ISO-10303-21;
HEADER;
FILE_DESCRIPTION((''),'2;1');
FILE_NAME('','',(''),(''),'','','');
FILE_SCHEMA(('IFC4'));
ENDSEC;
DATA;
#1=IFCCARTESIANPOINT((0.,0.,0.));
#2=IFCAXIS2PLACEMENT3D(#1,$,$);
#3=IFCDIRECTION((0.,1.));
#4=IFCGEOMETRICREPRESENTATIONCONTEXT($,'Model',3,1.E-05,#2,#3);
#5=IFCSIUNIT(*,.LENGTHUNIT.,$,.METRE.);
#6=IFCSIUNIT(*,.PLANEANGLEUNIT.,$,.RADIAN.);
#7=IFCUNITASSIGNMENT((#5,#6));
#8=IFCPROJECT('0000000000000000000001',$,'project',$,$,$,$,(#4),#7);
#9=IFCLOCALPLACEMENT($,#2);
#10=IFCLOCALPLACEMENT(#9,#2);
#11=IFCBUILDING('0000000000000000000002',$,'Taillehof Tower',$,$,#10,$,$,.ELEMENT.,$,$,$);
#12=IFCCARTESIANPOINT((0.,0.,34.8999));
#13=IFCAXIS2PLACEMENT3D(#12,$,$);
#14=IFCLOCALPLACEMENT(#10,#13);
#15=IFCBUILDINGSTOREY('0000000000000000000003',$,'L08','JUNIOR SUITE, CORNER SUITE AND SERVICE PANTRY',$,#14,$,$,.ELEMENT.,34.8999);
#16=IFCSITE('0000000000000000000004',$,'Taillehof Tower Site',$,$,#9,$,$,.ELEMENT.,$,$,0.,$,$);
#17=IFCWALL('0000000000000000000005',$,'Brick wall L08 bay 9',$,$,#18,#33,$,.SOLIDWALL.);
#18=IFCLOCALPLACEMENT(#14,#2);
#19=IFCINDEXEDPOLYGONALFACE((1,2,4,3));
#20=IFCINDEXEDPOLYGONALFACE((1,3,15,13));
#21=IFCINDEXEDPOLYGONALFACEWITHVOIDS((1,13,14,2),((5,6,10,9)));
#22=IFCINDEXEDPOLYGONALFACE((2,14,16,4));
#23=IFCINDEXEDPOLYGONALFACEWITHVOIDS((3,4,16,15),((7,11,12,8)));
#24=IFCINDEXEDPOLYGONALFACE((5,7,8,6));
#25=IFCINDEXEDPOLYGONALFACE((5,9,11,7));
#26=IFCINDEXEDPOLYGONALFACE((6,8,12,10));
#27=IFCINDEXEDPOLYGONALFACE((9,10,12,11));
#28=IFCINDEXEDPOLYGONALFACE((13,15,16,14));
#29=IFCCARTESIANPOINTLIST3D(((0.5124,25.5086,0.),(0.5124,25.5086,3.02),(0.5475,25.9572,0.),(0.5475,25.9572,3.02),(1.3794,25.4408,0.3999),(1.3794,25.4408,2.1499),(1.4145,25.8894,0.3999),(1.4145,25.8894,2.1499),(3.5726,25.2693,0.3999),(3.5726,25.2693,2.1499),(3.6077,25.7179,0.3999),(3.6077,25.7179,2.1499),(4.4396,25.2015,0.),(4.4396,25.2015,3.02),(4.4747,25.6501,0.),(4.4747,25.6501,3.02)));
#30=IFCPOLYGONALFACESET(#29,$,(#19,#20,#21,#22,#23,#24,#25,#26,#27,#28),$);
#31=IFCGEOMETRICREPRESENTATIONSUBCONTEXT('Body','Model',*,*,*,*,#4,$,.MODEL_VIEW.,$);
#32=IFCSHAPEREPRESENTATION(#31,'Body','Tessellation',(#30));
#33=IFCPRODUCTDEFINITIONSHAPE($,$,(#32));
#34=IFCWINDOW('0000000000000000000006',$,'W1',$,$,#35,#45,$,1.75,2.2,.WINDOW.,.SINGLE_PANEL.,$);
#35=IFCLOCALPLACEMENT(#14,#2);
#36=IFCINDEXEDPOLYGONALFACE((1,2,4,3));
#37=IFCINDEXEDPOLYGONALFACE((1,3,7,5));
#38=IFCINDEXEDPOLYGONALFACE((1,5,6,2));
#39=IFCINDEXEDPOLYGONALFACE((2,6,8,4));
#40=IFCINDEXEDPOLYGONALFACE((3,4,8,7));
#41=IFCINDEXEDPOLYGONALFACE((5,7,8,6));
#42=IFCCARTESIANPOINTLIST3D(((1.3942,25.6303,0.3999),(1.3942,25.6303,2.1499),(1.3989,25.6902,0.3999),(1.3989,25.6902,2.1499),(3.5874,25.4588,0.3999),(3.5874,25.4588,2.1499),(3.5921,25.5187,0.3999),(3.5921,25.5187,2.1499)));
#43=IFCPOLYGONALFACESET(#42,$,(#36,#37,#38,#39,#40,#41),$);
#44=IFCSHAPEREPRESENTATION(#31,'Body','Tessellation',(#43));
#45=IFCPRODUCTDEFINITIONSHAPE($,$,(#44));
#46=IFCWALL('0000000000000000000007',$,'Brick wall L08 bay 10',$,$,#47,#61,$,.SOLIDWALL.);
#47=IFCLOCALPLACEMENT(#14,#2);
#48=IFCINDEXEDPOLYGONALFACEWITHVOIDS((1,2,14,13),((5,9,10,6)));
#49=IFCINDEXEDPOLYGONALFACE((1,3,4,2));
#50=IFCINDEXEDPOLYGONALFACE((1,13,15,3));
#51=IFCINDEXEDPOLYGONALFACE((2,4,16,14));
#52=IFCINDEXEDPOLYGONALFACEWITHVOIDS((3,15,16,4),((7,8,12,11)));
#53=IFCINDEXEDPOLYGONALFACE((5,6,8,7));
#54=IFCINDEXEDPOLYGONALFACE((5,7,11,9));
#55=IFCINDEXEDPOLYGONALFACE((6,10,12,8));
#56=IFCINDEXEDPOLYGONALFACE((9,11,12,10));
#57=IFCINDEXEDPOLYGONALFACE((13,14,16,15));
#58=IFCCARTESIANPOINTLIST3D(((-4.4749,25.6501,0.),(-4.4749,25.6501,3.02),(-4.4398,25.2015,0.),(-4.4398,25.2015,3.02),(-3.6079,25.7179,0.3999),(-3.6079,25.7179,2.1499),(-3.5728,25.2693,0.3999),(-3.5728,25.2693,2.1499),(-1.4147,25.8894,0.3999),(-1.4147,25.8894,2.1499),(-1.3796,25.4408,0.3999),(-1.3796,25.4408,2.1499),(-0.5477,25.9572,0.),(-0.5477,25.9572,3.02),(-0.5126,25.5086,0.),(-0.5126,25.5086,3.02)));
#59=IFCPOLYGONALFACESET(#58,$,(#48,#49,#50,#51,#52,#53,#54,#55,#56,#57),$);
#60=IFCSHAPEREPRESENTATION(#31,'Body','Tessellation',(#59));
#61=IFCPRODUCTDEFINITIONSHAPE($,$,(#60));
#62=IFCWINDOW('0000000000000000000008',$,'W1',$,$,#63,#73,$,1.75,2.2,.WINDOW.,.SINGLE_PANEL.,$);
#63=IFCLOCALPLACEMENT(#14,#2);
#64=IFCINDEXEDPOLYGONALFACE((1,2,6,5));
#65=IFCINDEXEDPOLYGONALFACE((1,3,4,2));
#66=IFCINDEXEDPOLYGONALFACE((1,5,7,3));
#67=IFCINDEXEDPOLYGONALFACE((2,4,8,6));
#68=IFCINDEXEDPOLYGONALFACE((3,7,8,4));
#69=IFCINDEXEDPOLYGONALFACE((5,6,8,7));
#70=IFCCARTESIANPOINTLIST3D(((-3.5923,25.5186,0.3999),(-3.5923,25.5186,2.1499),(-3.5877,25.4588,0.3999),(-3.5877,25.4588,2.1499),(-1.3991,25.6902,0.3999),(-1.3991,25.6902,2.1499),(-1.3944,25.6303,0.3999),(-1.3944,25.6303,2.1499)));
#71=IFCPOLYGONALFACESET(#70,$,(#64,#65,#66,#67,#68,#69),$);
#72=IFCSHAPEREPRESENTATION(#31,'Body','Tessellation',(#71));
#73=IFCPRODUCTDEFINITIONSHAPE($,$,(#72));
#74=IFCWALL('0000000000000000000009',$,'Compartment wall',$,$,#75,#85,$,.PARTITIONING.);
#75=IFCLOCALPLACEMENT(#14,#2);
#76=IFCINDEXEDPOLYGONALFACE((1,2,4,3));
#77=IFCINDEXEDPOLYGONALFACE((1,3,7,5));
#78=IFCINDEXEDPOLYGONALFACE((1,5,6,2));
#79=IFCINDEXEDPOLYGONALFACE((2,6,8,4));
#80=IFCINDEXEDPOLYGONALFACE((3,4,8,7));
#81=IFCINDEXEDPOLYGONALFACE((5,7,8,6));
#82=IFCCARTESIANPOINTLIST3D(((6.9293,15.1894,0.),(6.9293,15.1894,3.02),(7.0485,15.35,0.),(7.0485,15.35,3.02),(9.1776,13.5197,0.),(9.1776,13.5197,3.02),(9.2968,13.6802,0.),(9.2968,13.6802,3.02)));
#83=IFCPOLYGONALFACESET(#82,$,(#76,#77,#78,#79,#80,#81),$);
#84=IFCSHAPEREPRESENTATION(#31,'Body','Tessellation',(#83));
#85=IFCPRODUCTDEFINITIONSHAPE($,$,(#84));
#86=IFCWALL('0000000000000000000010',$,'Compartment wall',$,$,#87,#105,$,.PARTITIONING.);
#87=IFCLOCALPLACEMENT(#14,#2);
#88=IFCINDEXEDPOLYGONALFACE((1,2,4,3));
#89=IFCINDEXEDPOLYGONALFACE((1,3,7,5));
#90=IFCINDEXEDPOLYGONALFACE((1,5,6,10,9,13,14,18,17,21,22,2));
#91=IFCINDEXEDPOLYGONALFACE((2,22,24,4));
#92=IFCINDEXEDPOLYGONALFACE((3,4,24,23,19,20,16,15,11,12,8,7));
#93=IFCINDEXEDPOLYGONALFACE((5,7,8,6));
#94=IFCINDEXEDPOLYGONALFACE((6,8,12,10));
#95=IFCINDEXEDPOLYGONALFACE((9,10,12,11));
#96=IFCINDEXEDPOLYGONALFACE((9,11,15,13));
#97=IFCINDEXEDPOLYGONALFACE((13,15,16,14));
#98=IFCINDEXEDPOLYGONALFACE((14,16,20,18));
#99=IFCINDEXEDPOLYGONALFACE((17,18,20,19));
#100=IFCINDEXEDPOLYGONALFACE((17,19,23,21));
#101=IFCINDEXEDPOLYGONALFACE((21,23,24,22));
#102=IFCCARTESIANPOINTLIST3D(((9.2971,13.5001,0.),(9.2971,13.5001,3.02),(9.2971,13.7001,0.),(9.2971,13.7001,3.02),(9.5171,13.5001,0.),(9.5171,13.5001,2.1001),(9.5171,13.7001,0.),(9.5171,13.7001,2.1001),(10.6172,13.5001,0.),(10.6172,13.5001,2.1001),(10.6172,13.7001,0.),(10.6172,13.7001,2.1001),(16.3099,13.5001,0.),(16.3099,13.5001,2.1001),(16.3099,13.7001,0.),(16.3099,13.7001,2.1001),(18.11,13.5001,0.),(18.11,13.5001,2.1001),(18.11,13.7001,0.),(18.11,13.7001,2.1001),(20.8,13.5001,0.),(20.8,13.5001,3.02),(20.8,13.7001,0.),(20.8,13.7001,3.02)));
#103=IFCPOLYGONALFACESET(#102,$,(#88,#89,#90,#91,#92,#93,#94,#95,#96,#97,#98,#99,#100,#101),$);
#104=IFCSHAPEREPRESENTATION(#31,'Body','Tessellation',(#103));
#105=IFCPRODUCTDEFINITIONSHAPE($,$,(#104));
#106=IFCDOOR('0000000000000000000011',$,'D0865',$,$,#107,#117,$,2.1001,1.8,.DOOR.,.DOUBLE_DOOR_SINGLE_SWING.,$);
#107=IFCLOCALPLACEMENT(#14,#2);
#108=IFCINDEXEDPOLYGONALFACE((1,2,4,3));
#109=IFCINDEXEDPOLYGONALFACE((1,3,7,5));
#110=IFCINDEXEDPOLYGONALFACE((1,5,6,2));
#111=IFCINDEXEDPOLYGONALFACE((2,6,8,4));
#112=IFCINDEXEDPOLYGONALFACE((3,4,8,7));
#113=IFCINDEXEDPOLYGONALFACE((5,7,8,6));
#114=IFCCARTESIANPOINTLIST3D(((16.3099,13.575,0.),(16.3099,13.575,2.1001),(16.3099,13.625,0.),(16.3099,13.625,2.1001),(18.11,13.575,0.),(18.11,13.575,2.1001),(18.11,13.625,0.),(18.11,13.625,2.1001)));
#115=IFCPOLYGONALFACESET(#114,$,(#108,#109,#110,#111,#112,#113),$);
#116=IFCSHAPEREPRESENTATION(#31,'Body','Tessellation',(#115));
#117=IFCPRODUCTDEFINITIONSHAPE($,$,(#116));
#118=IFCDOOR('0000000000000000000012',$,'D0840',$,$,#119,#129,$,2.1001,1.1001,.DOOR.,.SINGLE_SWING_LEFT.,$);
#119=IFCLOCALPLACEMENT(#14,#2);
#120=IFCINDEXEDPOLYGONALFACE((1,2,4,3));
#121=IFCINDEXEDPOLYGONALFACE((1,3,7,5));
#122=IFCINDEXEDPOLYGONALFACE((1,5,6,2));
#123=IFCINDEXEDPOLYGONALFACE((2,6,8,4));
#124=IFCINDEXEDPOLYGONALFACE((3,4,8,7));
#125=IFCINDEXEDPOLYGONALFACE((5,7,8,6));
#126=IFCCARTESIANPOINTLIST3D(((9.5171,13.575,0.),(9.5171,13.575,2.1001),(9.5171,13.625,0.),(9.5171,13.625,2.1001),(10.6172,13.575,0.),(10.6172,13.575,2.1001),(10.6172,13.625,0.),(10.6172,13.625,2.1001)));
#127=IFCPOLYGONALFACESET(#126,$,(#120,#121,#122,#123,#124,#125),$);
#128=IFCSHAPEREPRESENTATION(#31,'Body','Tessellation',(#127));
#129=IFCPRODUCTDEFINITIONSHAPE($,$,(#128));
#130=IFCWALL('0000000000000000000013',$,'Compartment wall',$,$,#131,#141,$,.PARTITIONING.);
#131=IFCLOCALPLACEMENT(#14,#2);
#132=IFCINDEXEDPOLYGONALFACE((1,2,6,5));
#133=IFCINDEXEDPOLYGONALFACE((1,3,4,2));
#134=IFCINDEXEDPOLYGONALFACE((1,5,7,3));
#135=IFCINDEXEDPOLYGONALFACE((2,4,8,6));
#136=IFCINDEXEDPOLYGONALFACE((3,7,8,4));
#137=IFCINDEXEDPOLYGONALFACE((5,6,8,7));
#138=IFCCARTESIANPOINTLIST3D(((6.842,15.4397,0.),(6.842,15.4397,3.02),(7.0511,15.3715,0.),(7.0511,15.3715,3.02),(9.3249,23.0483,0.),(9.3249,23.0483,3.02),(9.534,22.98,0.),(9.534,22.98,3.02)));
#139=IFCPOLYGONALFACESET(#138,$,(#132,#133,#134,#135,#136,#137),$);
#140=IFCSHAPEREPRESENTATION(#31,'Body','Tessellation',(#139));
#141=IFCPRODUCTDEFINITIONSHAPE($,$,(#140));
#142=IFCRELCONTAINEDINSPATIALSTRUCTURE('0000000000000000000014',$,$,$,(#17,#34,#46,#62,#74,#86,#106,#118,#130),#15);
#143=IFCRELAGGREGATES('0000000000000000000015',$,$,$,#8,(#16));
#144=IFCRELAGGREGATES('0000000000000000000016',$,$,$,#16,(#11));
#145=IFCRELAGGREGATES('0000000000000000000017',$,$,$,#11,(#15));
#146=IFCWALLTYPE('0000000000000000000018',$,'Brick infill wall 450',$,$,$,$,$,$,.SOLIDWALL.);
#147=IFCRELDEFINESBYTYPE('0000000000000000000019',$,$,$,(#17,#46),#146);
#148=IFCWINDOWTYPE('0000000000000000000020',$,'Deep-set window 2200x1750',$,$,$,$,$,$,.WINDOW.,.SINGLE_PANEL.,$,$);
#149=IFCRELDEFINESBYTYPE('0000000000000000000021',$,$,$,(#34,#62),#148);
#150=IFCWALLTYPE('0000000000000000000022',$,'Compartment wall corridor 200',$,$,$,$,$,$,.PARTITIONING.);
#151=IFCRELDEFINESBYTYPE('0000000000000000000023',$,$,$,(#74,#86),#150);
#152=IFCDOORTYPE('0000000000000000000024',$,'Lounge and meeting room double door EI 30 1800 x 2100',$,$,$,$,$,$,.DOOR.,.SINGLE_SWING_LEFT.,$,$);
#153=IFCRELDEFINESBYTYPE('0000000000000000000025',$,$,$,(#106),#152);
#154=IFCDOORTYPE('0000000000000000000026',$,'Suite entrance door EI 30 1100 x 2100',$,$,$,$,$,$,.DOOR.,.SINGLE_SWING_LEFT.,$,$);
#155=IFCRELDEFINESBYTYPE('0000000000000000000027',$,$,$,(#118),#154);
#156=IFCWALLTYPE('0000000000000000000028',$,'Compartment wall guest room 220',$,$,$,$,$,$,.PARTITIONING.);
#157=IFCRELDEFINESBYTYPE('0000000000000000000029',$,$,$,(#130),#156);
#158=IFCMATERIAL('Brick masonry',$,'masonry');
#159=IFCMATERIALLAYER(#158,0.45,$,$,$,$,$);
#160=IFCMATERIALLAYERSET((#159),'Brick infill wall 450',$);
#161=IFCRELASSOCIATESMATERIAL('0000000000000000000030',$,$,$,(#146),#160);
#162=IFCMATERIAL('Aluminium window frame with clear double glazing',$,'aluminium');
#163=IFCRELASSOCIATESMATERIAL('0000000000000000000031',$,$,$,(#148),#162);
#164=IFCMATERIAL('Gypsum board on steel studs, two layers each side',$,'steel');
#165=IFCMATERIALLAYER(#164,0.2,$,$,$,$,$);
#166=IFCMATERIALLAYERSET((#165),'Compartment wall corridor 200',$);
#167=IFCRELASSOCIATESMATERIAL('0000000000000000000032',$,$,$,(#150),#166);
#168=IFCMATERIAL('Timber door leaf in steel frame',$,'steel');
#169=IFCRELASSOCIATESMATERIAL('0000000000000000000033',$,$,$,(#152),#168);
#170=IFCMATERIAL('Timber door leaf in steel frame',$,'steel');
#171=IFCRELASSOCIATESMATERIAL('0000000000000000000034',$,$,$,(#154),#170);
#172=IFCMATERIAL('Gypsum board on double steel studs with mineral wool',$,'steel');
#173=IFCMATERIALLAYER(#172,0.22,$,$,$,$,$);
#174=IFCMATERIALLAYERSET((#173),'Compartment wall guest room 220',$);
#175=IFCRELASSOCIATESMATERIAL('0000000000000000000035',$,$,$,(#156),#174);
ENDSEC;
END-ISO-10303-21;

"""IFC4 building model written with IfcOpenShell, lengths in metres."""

from ifc_helpers import new_model, si_unit, direction, frame, frame_2d, origin, place, context, subcontext, project, spatial, rectangle, extrude, material, layer, layer_set, type_object, element, fill, save


model = new_model("IFC4")

# Units and contexts
model_context = context("Model", 3, precision=1e-05, world=origin(), true_north=direction((0.0, 1.0)))
body_context = subcontext(model_context, "Body", "Model", "MODEL_VIEW")
ifc_project = project(units=[si_unit("LENGTHUNIT", "METRE"), si_unit("PLANEANGLEUNIT", "RADIAN")], contexts=[model_context])

# Site, building, storey
site_placement = place(None, origin())
site = spatial("IfcSite", under=ifc_project, at=site_placement, Name="Taillehof Tower Site", CompositionType="ELEMENT", RefElevation=0.0)
building_placement = place(site_placement, origin())
building = spatial("IfcBuilding", under=site, at=building_placement, Name="Taillehof Tower", CompositionType="ELEMENT")
storey_placement = place(building_placement, frame((0.0, 0.0, 34.8999)))
storey = spatial("IfcBuildingStorey", under=building, at=storey_placement, Name="L08", Description="JUNIOR SUITE, CORNER SUITE AND SERVICE PANTRY", CompositionType="ELEMENT", Elevation=34.8999)

# Walls, openings, windows
ifc_material_1 = material(Name="Brick masonry", Category="masonry")
ifc_layer_1 = layer(ifc_material_1, 0.45)
ifc_layer_set_1 = layer_set([ifc_layer_1], Name="Brick infill wall 450")
wall_type_1 = type_object("IfcWallType", Name="Brick infill wall 450", PredefinedType="SOLIDWALL", material=ifc_layer_set_1)
ifc_material_2 = material(Name="Aluminium window frame with clear double glazing", Category="aluminium")
window_type = type_object("IfcWindowType", Name="Deep-set window 2200x1750", PartitioningType="SINGLE_PANEL", PredefinedType="WINDOW", material=ifc_material_2)
wall_1_placement = place(storey_placement, frame((4.4573, 25.4258, 0.0), z_axis=(0.0, 0.0, 1.0), x_axis=(-0.996956, 0.077967, 0.0)))
wall_1 = element("IfcWall", 1, at=wall_1_placement, inside=storey, type_object=wall_type_1, Name="Brick wall L08 bay 9", PredefinedType="SOLIDWALL", context=body_context, shape_type="SweptSolid", body=[
    extrude(rectangle(XDim=3.9392, YDim=0.45, at=frame_2d((1.9697, 0.0))), origin(), (0.0, 0.0, 1.0), 3.02),
])
opening_1_placement = place(wall_1_placement, frame((0.8696, 0.0, 0.3999)))
opening_1 = element("IfcOpeningElement", 2, at=opening_1_placement, cuts=wall_1, PredefinedType="OPENING", context=body_context, shape_type="SweptSolid", body=[
    extrude(rectangle(XDim=2.2, YDim=1.75, at=frame_2d((1.1001, 0.875))), frame((0.0, 0.2349, 0.0), z_axis=(0.0, -1.0, 0.0), x_axis=(1.0, 0.0, 0.0)), (0.0, 0.0, 1.0), 0.47),
])
window_1_placement = place(opening_1_placement, origin())
window_1 = element("IfcWindow", 3, at=window_1_placement, inside=storey, type_object=window_type, Name="W1", OverallHeight=1.75, OverallWidth=2.2, PartitioningType="SINGLE_PANEL", PredefinedType="WINDOW", context=body_context, shape_type="SweptSolid", body=[
    extrude(rectangle(XDim=2.2, YDim=1.75, at=frame_2d((1.1001, 0.875))), frame((0.0, 0.0349, 0.0), z_axis=(0.0, -1.0, 0.0), x_axis=(1.0, 0.0, 0.0)), (0.0, 0.0, 1.0), 0.0601),
])
fill(opening_1, window_1)
wall_2_placement = place(storey_placement, frame((-0.53, 25.7329, 0.0), z_axis=(0.0, 0.0, 1.0), x_axis=(-0.996956, -0.077967, 0.0)))
wall_2 = element("IfcWall", 4, at=wall_2_placement, inside=storey, type_object=wall_type_1, Name="Brick wall L08 bay 10", PredefinedType="SOLIDWALL", context=body_context, shape_type="SweptSolid", body=[
    extrude(rectangle(XDim=3.9392, YDim=0.45, at=frame_2d((1.9697, 0.0))), origin(), (0.0, 0.0, 1.0), 3.02),
])
opening_2_placement = place(wall_2_placement, frame((0.8696, 0.0, 0.3999)))
opening_2 = element("IfcOpeningElement", 5, at=opening_2_placement, cuts=wall_2, PredefinedType="OPENING", context=body_context, shape_type="SweptSolid", body=[
    extrude(rectangle(XDim=2.2, YDim=1.75, at=frame_2d((1.1001, 0.875))), frame((0.0, 0.2349, 0.0), z_axis=(0.0, -1.0, 0.0), x_axis=(1.0, 0.0, 0.0)), (0.0, 0.0, 1.0), 0.47),
])
window_2_placement = place(opening_2_placement, origin())
window_2 = element("IfcWindow", 6, at=window_2_placement, inside=storey, type_object=window_type, Name="W1", OverallHeight=1.75, OverallWidth=2.2, PartitioningType="SINGLE_PANEL", PredefinedType="WINDOW", context=body_context, shape_type="SweptSolid", body=[
    extrude(rectangle(XDim=2.2, YDim=1.75, at=frame_2d((1.1001, 0.875))), frame((0.0, 0.0349, 0.0), z_axis=(0.0, -1.0, 0.0), x_axis=(1.0, 0.0, 0.0)), (0.0, 0.0, 1.0), 0.0601),
])
fill(opening_2, window_2)

# Wall
ifc_material_3 = material(Name="Gypsum board on steel studs, two layers each side", Category="steel")
ifc_layer_2 = layer(ifc_material_3, 0.2)
ifc_layer_set_2 = layer_set([ifc_layer_2], Name="Compartment wall corridor 200")
wall_type_2 = type_object("IfcWallType", Name="Compartment wall corridor 200", PredefinedType="PARTITIONING", material=ifc_layer_set_2)
wall_3_placement = place(storey_placement, frame((6.9888, 15.2698, 0.0), z_axis=(0.0, 0.0, 1.0), x_axis=(0.802826, -0.596213, 0.0)))
element("IfcWall", 7, at=wall_3_placement, inside=storey, type_object=wall_type_2, Name="Compartment wall", PredefinedType="PARTITIONING", context=body_context, shape_type="SweptSolid", body=[
    extrude(rectangle(XDim=2.8005, YDim=0.2, at=frame_2d((1.4004, 0.0))), origin(), (0.0, 0.0, 1.0), 3.02),
])

# Wall, openings, doors
wall_4_placement = place(storey_placement, frame((9.2971, 13.6001, 0.0), z_axis=(0.0, 0.0, 1.0), x_axis=(1.0, 0.0, 0.0)))
wall_4 = element("IfcWall", 8, at=wall_4_placement, inside=storey, type_object=wall_type_2, Name="Compartment wall", PredefinedType="PARTITIONING", context=body_context, shape_type="SweptSolid", body=[
    extrude(rectangle(XDim=11.5029, YDim=0.2, at=frame_2d((5.7515, 0.0))), origin(), (0.0, 0.0, 1.0), 3.02),
])
opening_3_placement = place(wall_4_placement, frame((0.22, 0.0, 0.0)))
opening_3 = element("IfcOpeningElement", 9, at=opening_3_placement, cuts=wall_4, PredefinedType="OPENING", context=body_context, shape_type="SweptSolid", body=[
    extrude(rectangle(XDim=1.1001, YDim=2.1001, at=frame_2d((0.55, 1.05))), frame((0.0, 0.1099, 0.0), z_axis=(0.0, -1.0, 0.0), x_axis=(1.0, 0.0, 0.0)), (0.0, 0.0, 1.0), 0.22),
])
opening_4_placement = place(wall_4_placement, frame((7.0129, 0.0, 0.0)))
opening_4 = element("IfcOpeningElement", 10, at=opening_4_placement, cuts=wall_4, PredefinedType="OPENING", context=body_context, shape_type="SweptSolid", body=[
    extrude(rectangle(XDim=1.8, YDim=2.1001, at=frame_2d((0.8999, 1.05))), frame((0.0, 0.1099, 0.0), z_axis=(0.0, -1.0, 0.0), x_axis=(1.0, 0.0, 0.0)), (0.0, 0.0, 1.0), 0.22),
])
ifc_material_4 = material(Name="Timber door leaf in steel frame", Category="steel")
door_type_1 = type_object("IfcDoorType", Name="Lounge and meeting room double door EI 30 1800 x 2100", OperationType="SINGLE_SWING_LEFT", PredefinedType="DOOR", material=ifc_material_4)
door_1_placement = place(opening_4_placement, origin())
door_1 = element("IfcDoor", 11, at=door_1_placement, inside=storey, type_object=door_type_1, Name="D0865", OperationType="DOUBLE_DOOR_SINGLE_SWING", OverallHeight=2.1001, OverallWidth=1.8, PredefinedType="DOOR", context=body_context, shape_type="SweptSolid", body=[
    extrude(rectangle(XDim=1.8, YDim=2.1001, at=frame_2d((0.8999, 1.05))), frame((0.0, 0.0249, 0.0), z_axis=(0.0, -1.0, 0.0), x_axis=(1.0, 0.0, 0.0)), (0.0, 0.0, 1.0), 0.05),
])
fill(opening_4, door_1)
ifc_material_5 = material(Name="Timber door leaf in steel frame", Category="steel")
door_type_2 = type_object("IfcDoorType", Name="Suite entrance door EI 30 1100 x 2100", OperationType="SINGLE_SWING_LEFT", PredefinedType="DOOR", material=ifc_material_5)
door_2_placement = place(opening_3_placement, origin())
door_2 = element("IfcDoor", 12, at=door_2_placement, inside=storey, type_object=door_type_2, Name="D0840", OperationType="SINGLE_SWING_LEFT", OverallHeight=2.1001, OverallWidth=1.1001, PredefinedType="DOOR", context=body_context, shape_type="SweptSolid", body=[
    extrude(rectangle(XDim=1.1001, YDim=2.1001, at=frame_2d((0.55, 1.05))), frame((0.0, 0.0249, 0.0), z_axis=(0.0, -1.0, 0.0), x_axis=(1.0, 0.0, 0.0)), (0.0, 0.0, 1.0), 0.05),
])
fill(opening_3, door_2)

# Wall
ifc_material_6 = material(Name="Gypsum board on double steel studs with mineral wool", Category="steel")
ifc_layer_3 = layer(ifc_material_6, 0.22)
ifc_layer_set_3 = layer_set([ifc_layer_3], Name="Compartment wall guest room 220")
wall_type_3 = type_object("IfcWallType", Name="Compartment wall guest room 220", PredefinedType="PARTITIONING", material=ifc_layer_set_3)
wall_5_placement = place(storey_placement, frame((9.4294, 23.0142, 0.0), z_axis=(0.0, 0.0, 1.0), x_axis=(-0.310227, -0.950662, 0.0)))
element("IfcWall", 13, at=wall_5_placement, inside=storey, type_object=wall_type_3, Name="Compartment wall", PredefinedType="PARTITIONING", context=body_context, shape_type="SweptSolid", body=[
    extrude(rectangle(XDim=8.0034, YDim=0.22, at=frame_2d((4.0017, 0.0))), origin(), (0.0, 0.0, 1.0), 3.02),
])

save(model, "model.ifc")
